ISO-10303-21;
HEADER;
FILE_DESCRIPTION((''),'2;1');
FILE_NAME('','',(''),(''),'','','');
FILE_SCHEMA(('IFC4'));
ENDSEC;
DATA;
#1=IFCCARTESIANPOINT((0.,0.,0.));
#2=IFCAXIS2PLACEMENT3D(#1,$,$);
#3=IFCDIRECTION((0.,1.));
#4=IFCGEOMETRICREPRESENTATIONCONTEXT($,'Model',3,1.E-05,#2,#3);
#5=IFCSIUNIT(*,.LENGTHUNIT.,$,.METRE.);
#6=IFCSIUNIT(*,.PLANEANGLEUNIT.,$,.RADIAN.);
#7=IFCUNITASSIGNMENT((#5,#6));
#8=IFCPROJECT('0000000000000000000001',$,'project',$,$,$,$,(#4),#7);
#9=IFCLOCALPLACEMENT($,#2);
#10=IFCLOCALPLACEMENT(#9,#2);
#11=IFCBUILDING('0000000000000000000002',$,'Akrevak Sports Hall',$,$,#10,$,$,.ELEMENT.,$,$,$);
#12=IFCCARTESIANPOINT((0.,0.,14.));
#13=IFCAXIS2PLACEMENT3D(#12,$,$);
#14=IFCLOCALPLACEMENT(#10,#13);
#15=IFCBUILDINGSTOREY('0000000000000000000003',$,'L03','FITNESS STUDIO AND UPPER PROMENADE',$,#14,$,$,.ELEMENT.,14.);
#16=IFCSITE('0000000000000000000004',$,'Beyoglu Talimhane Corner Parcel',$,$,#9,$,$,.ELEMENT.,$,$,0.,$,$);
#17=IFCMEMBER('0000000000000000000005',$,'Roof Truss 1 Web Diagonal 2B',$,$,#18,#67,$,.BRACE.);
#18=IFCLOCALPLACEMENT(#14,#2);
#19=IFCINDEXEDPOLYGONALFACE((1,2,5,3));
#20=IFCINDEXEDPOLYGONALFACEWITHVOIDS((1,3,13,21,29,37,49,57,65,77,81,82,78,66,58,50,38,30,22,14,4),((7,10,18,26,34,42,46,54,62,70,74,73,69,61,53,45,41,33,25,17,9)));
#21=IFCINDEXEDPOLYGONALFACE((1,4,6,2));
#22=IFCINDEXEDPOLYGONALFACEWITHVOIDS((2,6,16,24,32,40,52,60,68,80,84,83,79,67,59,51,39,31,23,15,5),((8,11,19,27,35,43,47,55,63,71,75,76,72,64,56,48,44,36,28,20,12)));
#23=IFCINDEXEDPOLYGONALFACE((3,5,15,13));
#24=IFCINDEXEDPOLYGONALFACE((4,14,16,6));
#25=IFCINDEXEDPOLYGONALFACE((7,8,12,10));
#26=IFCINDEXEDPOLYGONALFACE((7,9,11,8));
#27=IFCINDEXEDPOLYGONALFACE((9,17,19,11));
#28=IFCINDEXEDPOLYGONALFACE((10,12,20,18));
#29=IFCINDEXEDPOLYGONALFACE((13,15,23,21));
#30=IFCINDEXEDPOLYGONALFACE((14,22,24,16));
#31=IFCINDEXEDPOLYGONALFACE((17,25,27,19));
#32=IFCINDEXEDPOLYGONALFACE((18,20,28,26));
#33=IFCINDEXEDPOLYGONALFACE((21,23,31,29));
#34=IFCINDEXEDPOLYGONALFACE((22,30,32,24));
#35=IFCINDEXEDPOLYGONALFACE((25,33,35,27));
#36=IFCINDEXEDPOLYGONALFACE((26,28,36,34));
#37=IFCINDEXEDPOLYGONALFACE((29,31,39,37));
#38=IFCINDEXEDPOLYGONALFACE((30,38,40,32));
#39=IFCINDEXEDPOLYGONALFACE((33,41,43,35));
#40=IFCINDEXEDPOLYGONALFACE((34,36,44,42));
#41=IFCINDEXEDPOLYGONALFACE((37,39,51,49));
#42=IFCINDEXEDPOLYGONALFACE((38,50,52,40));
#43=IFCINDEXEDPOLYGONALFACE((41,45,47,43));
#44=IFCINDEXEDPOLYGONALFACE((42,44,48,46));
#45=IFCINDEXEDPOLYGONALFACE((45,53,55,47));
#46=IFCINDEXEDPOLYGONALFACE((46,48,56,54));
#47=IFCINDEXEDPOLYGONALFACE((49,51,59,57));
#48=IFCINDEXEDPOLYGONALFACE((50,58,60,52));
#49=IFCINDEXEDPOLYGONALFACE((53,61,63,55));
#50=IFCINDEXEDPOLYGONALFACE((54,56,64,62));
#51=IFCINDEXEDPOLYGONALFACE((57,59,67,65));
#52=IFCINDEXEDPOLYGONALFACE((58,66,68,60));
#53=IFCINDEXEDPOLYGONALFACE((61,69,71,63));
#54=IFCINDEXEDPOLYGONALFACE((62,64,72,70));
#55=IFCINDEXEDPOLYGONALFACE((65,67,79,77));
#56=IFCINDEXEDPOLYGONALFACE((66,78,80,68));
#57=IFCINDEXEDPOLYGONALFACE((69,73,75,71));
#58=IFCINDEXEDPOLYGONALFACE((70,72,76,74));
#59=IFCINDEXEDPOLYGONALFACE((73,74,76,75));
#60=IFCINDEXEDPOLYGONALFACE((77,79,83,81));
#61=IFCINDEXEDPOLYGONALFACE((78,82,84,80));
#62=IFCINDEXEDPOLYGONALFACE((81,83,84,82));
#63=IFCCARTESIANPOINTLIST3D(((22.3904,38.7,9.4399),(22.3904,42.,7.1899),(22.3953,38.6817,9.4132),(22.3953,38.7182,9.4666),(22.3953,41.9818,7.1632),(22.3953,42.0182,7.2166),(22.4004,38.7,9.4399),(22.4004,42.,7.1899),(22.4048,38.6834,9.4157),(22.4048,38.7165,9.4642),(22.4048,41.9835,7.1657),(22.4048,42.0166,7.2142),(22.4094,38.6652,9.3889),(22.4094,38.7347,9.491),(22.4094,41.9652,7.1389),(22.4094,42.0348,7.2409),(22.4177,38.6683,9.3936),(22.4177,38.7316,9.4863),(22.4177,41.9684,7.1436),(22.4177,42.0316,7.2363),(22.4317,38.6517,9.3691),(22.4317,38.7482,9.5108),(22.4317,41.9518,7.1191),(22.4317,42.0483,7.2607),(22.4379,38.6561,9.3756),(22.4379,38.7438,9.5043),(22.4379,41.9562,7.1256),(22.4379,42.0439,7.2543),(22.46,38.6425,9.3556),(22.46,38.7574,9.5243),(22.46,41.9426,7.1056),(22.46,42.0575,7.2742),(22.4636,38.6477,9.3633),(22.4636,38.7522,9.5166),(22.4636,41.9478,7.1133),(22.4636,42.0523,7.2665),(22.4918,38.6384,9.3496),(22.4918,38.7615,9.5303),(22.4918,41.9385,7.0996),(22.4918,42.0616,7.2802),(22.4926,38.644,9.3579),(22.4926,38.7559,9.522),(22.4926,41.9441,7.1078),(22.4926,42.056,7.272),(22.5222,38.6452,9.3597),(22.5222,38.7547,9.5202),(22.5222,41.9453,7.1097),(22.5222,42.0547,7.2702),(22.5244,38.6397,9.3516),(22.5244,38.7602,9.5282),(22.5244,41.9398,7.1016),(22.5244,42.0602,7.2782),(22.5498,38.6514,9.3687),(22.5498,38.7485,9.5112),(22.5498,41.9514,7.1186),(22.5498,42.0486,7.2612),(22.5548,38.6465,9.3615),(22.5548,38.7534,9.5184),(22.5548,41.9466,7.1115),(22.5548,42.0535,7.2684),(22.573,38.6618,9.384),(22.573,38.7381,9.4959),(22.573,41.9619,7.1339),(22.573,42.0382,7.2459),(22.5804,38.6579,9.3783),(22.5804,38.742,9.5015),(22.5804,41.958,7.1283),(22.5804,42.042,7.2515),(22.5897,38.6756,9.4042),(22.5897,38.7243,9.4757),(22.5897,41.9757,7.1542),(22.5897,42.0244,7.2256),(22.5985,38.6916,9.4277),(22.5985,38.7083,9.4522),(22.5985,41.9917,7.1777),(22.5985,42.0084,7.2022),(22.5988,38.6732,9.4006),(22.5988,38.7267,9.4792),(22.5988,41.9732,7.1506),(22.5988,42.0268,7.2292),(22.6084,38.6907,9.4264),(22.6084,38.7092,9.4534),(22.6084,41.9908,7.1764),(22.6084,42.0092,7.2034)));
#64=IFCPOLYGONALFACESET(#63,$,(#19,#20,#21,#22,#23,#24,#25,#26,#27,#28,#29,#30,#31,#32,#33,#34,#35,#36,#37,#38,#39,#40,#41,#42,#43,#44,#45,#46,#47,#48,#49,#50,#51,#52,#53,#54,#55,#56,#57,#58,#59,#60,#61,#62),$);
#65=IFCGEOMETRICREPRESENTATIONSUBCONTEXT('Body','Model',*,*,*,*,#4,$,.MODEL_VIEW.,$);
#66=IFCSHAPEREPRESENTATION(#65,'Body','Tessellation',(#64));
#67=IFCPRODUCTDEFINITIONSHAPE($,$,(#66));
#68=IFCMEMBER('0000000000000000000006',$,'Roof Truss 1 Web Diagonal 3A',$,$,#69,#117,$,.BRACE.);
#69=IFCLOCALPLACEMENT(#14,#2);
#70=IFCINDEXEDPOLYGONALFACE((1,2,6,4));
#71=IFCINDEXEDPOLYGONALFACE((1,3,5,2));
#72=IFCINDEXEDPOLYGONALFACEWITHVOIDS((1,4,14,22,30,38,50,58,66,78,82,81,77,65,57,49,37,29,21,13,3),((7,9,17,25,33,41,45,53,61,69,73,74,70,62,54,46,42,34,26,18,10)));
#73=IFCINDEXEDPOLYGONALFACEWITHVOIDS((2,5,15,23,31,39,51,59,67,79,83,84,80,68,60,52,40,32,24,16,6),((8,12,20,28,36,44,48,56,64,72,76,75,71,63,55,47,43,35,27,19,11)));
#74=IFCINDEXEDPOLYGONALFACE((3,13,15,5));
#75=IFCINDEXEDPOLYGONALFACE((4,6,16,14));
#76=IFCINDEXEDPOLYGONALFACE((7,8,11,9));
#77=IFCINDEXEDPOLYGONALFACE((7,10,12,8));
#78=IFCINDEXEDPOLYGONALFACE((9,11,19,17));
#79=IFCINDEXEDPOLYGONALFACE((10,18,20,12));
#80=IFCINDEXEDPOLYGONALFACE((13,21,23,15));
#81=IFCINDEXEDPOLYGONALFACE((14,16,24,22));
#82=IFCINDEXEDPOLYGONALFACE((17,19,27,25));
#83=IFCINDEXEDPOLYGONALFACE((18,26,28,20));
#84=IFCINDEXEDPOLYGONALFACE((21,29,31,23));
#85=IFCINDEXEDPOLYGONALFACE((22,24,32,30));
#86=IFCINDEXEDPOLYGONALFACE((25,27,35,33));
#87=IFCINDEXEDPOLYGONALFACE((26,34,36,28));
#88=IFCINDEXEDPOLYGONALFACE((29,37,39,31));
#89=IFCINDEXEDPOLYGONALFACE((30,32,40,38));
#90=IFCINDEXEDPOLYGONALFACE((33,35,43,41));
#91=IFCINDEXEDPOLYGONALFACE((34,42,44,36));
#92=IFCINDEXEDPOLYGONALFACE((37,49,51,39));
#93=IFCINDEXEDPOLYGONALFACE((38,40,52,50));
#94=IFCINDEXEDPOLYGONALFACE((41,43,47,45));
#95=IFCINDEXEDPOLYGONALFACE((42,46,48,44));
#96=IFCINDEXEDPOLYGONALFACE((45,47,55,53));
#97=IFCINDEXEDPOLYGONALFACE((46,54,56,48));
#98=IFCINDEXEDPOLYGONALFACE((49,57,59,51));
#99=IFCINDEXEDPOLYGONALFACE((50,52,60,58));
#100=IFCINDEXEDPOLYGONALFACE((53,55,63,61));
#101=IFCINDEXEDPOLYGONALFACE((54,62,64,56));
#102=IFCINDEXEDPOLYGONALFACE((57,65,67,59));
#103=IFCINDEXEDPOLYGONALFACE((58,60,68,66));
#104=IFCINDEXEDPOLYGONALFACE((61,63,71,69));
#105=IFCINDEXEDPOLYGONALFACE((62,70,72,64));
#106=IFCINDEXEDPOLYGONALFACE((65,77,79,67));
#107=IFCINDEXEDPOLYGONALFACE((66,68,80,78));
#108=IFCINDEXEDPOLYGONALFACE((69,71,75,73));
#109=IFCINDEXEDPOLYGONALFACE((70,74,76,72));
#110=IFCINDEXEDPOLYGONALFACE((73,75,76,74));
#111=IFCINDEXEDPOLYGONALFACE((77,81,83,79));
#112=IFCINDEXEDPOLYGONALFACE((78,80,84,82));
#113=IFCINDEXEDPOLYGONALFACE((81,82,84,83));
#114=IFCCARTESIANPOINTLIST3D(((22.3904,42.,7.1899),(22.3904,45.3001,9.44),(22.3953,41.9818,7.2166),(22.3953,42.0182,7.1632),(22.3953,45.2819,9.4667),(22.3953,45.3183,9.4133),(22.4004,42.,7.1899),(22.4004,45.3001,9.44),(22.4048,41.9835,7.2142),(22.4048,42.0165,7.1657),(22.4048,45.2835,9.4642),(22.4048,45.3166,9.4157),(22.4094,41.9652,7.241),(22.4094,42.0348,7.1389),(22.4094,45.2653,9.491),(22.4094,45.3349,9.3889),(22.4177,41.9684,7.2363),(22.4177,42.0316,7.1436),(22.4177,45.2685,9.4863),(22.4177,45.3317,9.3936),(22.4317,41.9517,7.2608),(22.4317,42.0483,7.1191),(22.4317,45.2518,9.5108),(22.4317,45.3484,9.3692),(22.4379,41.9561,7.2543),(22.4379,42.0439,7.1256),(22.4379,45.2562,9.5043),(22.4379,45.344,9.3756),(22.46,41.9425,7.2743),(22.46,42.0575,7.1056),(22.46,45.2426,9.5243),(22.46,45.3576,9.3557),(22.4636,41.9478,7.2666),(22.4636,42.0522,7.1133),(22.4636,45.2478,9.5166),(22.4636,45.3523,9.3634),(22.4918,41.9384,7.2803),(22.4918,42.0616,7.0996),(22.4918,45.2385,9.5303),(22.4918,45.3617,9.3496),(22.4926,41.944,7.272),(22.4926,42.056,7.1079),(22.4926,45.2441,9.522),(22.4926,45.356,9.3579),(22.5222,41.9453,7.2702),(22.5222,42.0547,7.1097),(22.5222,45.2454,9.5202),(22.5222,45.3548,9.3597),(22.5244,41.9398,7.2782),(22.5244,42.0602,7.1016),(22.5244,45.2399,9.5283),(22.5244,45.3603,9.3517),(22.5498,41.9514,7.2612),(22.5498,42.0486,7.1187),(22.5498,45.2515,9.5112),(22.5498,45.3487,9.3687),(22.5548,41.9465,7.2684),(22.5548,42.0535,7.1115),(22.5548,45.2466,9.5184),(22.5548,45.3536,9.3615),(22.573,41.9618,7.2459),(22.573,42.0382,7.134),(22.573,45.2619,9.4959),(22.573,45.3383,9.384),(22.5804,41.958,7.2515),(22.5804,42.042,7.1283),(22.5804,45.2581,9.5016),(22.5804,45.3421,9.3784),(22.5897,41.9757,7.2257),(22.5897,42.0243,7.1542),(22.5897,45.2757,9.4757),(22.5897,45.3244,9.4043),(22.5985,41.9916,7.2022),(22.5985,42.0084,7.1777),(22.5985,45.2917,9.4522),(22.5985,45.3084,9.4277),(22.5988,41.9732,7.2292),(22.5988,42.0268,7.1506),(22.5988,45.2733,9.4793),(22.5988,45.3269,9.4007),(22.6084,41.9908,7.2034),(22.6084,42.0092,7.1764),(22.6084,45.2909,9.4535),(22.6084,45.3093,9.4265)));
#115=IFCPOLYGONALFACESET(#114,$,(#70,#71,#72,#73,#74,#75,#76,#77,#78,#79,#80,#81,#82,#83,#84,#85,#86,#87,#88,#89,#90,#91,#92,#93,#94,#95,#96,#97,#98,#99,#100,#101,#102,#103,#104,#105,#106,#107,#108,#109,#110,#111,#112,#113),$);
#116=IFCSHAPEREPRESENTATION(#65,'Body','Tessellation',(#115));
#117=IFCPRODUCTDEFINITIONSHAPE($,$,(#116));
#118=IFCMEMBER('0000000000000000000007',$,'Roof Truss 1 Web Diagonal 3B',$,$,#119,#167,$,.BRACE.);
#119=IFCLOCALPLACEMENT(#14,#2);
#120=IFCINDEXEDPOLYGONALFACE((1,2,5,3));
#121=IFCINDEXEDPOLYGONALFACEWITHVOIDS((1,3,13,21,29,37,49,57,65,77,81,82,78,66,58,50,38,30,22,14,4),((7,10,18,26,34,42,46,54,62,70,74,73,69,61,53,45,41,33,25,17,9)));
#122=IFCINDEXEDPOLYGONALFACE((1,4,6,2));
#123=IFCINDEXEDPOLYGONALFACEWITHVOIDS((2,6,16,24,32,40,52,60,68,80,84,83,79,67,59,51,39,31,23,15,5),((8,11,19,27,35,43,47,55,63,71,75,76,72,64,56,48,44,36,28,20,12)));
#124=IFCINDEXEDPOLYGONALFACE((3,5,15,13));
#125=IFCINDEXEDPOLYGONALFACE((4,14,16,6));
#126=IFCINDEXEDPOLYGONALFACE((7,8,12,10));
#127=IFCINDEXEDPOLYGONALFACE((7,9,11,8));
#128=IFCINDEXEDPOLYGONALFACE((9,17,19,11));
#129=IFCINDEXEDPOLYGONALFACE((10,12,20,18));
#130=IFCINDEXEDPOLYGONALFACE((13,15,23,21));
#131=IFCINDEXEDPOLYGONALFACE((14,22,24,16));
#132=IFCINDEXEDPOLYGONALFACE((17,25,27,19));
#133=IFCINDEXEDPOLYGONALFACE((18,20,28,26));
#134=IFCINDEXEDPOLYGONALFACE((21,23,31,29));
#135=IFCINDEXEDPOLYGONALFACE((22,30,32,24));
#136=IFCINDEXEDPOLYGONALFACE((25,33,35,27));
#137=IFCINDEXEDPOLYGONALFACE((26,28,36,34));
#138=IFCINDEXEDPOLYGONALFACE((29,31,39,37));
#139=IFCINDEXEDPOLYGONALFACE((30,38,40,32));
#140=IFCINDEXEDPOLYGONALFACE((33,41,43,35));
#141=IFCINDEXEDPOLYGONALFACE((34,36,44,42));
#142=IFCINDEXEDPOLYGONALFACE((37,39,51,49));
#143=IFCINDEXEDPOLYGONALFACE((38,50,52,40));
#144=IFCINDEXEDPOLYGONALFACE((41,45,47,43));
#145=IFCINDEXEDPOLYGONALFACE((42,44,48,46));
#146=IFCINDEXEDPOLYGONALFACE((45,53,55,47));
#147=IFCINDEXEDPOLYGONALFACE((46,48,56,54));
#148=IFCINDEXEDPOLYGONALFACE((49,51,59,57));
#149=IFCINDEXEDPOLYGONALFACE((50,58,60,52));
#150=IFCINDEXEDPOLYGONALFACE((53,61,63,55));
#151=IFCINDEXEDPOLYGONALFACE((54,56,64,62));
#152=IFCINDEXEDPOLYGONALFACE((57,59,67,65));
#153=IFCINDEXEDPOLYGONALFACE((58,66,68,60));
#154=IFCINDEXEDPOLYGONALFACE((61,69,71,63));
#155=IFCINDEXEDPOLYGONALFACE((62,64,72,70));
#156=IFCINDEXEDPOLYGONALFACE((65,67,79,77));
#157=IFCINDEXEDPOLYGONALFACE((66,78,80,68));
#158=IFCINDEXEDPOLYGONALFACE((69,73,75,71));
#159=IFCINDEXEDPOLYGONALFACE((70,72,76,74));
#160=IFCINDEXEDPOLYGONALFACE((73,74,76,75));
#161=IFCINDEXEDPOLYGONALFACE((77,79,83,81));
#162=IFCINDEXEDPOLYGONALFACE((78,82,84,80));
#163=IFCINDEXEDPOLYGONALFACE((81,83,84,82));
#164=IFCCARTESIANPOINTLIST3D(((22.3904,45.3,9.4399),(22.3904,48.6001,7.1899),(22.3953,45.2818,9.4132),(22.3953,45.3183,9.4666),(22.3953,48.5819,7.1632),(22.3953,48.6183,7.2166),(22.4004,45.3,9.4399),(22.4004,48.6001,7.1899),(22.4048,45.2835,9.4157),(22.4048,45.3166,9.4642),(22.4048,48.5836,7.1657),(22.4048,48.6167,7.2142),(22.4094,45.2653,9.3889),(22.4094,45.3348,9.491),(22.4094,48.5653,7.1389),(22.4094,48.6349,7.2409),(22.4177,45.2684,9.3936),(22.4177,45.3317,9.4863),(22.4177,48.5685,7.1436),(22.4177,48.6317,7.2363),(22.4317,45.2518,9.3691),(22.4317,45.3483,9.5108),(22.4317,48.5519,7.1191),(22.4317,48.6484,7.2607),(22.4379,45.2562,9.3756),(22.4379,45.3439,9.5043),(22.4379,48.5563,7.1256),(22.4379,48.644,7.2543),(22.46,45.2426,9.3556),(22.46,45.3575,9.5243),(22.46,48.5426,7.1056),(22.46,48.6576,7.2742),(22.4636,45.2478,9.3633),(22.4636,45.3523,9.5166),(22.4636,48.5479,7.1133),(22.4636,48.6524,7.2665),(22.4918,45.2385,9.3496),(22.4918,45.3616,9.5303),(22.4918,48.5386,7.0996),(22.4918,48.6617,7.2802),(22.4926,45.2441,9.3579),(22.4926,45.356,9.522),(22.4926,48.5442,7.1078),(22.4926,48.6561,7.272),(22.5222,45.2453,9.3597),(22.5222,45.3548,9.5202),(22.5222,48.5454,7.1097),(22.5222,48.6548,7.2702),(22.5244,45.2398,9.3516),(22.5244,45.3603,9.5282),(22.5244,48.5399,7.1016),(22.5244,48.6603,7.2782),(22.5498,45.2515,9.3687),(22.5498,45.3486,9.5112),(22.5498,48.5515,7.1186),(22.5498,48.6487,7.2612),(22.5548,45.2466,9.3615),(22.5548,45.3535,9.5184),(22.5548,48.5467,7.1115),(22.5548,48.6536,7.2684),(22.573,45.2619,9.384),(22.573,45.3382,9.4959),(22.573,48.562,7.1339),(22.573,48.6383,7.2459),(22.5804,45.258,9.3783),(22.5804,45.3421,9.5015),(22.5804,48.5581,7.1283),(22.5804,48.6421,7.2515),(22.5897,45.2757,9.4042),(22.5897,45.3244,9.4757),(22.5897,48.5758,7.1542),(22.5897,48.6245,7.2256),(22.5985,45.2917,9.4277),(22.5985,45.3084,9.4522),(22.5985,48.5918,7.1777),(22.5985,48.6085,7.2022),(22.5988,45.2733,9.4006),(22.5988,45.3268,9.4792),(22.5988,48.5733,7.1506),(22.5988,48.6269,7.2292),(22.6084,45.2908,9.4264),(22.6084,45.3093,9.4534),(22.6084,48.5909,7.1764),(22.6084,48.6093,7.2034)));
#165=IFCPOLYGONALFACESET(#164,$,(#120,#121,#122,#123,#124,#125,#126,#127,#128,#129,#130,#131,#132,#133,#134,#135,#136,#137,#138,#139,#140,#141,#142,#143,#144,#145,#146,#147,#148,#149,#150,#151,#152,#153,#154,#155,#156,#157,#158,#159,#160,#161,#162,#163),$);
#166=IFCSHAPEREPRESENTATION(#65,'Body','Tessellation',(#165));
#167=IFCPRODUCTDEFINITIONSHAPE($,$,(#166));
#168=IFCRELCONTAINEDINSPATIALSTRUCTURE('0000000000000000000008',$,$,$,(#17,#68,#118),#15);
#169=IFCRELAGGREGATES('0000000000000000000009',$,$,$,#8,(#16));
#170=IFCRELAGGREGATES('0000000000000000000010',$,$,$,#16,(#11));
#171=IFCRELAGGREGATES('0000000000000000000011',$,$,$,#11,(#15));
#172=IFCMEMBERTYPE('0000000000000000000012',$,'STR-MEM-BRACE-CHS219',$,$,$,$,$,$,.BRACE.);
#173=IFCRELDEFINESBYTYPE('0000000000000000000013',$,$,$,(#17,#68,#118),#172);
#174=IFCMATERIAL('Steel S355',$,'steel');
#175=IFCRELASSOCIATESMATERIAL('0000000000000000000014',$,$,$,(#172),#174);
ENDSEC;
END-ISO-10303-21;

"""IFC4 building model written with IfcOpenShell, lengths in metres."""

from ifc_helpers import new_model, si_unit, direction, frame, origin, origin_2d, place, context, subcontext, project, spatial, hollow_circle, extrude, material, material_profile, profile_set, type_object, element, save


model = new_model("IFC4")

# Units and contexts
model_context = context("Model", 3, precision=1e-05, world=origin(), true_north=direction((0.0, 1.0)))
body_context = subcontext(model_context, "Body", "Model", "MODEL_VIEW")
ifc_project = project(units=[si_unit("LENGTHUNIT", "METRE"), si_unit("PLANEANGLEUNIT", "RADIAN")], contexts=[model_context])

# Site, building, storey
site_placement = place(None, origin())
site = spatial("IfcSite", under=ifc_project, at=site_placement, Name="Beyoglu Talimhane Corner Parcel", CompositionType="ELEMENT", RefElevation=0.0)
building_placement = place(site_placement, origin())
building = spatial("IfcBuilding", under=site, at=building_placement, Name="Akrevak Sports Hall", CompositionType="ELEMENT")
storey_placement = place(building_placement, frame((0.0, 0.0, 14.0)))
storey = spatial("IfcBuildingStorey", under=building, at=storey_placement, Name="L03", Description="FITNESS STUDIO AND UPPER PROMENADE", CompositionType="ELEMENT", Elevation=14.0)

# Members
ifc_material_1 = material(Name="Steel S355", Category="steel")
ifc_material_profile_1 = material_profile(ifc_material_1, hollow_circle(Radius=0.1096, WallThickness=0.01, at=origin_2d()), Name="CHS 219.1x10", Category="steel")
ifc_profile_set_1 = profile_set([ifc_material_profile_1], Name="Steel S355")
member_type_1 = type_object("IfcMemberType", Name="STR-MEM-BRACE-CHS219", PredefinedType="BRACE", material=ifc_profile_set_1)
for number, where, z_axis, x_axis, name in (
    (1, (22.5, 38.7, 9.4399), (0.0, 0.826231, -0.563331), (-1.0, 0.0, 0.0), "Roof Truss 1 Web Diagonal 2B"),
    (2, (22.5, 42.0, 7.1899), (0.0, 0.826231, 0.563331), (-1.0, 0.0, 0.0), "Roof Truss 1 Web Diagonal 3A"),
    (3, (22.5, 45.3, 9.4399), (0.0, 0.826231, -0.563331), (-1.0, 0.0, 0.0), "Roof Truss 1 Web Diagonal 3B"),
):
    element("IfcMember", number, at=place(storey_placement, frame(where, z_axis=z_axis, x_axis=x_axis)), inside=storey, type_object=member_type_1, Name=name, PredefinedType="BRACE", context=body_context, shape_type="SweptSolid", body=[
        extrude(hollow_circle(Radius=0.1096, WallThickness=0.01, at=origin_2d()), origin(), (0.0, 0.0, 1.0), 3.9941),
    ])

save(model, "model.ifc")
